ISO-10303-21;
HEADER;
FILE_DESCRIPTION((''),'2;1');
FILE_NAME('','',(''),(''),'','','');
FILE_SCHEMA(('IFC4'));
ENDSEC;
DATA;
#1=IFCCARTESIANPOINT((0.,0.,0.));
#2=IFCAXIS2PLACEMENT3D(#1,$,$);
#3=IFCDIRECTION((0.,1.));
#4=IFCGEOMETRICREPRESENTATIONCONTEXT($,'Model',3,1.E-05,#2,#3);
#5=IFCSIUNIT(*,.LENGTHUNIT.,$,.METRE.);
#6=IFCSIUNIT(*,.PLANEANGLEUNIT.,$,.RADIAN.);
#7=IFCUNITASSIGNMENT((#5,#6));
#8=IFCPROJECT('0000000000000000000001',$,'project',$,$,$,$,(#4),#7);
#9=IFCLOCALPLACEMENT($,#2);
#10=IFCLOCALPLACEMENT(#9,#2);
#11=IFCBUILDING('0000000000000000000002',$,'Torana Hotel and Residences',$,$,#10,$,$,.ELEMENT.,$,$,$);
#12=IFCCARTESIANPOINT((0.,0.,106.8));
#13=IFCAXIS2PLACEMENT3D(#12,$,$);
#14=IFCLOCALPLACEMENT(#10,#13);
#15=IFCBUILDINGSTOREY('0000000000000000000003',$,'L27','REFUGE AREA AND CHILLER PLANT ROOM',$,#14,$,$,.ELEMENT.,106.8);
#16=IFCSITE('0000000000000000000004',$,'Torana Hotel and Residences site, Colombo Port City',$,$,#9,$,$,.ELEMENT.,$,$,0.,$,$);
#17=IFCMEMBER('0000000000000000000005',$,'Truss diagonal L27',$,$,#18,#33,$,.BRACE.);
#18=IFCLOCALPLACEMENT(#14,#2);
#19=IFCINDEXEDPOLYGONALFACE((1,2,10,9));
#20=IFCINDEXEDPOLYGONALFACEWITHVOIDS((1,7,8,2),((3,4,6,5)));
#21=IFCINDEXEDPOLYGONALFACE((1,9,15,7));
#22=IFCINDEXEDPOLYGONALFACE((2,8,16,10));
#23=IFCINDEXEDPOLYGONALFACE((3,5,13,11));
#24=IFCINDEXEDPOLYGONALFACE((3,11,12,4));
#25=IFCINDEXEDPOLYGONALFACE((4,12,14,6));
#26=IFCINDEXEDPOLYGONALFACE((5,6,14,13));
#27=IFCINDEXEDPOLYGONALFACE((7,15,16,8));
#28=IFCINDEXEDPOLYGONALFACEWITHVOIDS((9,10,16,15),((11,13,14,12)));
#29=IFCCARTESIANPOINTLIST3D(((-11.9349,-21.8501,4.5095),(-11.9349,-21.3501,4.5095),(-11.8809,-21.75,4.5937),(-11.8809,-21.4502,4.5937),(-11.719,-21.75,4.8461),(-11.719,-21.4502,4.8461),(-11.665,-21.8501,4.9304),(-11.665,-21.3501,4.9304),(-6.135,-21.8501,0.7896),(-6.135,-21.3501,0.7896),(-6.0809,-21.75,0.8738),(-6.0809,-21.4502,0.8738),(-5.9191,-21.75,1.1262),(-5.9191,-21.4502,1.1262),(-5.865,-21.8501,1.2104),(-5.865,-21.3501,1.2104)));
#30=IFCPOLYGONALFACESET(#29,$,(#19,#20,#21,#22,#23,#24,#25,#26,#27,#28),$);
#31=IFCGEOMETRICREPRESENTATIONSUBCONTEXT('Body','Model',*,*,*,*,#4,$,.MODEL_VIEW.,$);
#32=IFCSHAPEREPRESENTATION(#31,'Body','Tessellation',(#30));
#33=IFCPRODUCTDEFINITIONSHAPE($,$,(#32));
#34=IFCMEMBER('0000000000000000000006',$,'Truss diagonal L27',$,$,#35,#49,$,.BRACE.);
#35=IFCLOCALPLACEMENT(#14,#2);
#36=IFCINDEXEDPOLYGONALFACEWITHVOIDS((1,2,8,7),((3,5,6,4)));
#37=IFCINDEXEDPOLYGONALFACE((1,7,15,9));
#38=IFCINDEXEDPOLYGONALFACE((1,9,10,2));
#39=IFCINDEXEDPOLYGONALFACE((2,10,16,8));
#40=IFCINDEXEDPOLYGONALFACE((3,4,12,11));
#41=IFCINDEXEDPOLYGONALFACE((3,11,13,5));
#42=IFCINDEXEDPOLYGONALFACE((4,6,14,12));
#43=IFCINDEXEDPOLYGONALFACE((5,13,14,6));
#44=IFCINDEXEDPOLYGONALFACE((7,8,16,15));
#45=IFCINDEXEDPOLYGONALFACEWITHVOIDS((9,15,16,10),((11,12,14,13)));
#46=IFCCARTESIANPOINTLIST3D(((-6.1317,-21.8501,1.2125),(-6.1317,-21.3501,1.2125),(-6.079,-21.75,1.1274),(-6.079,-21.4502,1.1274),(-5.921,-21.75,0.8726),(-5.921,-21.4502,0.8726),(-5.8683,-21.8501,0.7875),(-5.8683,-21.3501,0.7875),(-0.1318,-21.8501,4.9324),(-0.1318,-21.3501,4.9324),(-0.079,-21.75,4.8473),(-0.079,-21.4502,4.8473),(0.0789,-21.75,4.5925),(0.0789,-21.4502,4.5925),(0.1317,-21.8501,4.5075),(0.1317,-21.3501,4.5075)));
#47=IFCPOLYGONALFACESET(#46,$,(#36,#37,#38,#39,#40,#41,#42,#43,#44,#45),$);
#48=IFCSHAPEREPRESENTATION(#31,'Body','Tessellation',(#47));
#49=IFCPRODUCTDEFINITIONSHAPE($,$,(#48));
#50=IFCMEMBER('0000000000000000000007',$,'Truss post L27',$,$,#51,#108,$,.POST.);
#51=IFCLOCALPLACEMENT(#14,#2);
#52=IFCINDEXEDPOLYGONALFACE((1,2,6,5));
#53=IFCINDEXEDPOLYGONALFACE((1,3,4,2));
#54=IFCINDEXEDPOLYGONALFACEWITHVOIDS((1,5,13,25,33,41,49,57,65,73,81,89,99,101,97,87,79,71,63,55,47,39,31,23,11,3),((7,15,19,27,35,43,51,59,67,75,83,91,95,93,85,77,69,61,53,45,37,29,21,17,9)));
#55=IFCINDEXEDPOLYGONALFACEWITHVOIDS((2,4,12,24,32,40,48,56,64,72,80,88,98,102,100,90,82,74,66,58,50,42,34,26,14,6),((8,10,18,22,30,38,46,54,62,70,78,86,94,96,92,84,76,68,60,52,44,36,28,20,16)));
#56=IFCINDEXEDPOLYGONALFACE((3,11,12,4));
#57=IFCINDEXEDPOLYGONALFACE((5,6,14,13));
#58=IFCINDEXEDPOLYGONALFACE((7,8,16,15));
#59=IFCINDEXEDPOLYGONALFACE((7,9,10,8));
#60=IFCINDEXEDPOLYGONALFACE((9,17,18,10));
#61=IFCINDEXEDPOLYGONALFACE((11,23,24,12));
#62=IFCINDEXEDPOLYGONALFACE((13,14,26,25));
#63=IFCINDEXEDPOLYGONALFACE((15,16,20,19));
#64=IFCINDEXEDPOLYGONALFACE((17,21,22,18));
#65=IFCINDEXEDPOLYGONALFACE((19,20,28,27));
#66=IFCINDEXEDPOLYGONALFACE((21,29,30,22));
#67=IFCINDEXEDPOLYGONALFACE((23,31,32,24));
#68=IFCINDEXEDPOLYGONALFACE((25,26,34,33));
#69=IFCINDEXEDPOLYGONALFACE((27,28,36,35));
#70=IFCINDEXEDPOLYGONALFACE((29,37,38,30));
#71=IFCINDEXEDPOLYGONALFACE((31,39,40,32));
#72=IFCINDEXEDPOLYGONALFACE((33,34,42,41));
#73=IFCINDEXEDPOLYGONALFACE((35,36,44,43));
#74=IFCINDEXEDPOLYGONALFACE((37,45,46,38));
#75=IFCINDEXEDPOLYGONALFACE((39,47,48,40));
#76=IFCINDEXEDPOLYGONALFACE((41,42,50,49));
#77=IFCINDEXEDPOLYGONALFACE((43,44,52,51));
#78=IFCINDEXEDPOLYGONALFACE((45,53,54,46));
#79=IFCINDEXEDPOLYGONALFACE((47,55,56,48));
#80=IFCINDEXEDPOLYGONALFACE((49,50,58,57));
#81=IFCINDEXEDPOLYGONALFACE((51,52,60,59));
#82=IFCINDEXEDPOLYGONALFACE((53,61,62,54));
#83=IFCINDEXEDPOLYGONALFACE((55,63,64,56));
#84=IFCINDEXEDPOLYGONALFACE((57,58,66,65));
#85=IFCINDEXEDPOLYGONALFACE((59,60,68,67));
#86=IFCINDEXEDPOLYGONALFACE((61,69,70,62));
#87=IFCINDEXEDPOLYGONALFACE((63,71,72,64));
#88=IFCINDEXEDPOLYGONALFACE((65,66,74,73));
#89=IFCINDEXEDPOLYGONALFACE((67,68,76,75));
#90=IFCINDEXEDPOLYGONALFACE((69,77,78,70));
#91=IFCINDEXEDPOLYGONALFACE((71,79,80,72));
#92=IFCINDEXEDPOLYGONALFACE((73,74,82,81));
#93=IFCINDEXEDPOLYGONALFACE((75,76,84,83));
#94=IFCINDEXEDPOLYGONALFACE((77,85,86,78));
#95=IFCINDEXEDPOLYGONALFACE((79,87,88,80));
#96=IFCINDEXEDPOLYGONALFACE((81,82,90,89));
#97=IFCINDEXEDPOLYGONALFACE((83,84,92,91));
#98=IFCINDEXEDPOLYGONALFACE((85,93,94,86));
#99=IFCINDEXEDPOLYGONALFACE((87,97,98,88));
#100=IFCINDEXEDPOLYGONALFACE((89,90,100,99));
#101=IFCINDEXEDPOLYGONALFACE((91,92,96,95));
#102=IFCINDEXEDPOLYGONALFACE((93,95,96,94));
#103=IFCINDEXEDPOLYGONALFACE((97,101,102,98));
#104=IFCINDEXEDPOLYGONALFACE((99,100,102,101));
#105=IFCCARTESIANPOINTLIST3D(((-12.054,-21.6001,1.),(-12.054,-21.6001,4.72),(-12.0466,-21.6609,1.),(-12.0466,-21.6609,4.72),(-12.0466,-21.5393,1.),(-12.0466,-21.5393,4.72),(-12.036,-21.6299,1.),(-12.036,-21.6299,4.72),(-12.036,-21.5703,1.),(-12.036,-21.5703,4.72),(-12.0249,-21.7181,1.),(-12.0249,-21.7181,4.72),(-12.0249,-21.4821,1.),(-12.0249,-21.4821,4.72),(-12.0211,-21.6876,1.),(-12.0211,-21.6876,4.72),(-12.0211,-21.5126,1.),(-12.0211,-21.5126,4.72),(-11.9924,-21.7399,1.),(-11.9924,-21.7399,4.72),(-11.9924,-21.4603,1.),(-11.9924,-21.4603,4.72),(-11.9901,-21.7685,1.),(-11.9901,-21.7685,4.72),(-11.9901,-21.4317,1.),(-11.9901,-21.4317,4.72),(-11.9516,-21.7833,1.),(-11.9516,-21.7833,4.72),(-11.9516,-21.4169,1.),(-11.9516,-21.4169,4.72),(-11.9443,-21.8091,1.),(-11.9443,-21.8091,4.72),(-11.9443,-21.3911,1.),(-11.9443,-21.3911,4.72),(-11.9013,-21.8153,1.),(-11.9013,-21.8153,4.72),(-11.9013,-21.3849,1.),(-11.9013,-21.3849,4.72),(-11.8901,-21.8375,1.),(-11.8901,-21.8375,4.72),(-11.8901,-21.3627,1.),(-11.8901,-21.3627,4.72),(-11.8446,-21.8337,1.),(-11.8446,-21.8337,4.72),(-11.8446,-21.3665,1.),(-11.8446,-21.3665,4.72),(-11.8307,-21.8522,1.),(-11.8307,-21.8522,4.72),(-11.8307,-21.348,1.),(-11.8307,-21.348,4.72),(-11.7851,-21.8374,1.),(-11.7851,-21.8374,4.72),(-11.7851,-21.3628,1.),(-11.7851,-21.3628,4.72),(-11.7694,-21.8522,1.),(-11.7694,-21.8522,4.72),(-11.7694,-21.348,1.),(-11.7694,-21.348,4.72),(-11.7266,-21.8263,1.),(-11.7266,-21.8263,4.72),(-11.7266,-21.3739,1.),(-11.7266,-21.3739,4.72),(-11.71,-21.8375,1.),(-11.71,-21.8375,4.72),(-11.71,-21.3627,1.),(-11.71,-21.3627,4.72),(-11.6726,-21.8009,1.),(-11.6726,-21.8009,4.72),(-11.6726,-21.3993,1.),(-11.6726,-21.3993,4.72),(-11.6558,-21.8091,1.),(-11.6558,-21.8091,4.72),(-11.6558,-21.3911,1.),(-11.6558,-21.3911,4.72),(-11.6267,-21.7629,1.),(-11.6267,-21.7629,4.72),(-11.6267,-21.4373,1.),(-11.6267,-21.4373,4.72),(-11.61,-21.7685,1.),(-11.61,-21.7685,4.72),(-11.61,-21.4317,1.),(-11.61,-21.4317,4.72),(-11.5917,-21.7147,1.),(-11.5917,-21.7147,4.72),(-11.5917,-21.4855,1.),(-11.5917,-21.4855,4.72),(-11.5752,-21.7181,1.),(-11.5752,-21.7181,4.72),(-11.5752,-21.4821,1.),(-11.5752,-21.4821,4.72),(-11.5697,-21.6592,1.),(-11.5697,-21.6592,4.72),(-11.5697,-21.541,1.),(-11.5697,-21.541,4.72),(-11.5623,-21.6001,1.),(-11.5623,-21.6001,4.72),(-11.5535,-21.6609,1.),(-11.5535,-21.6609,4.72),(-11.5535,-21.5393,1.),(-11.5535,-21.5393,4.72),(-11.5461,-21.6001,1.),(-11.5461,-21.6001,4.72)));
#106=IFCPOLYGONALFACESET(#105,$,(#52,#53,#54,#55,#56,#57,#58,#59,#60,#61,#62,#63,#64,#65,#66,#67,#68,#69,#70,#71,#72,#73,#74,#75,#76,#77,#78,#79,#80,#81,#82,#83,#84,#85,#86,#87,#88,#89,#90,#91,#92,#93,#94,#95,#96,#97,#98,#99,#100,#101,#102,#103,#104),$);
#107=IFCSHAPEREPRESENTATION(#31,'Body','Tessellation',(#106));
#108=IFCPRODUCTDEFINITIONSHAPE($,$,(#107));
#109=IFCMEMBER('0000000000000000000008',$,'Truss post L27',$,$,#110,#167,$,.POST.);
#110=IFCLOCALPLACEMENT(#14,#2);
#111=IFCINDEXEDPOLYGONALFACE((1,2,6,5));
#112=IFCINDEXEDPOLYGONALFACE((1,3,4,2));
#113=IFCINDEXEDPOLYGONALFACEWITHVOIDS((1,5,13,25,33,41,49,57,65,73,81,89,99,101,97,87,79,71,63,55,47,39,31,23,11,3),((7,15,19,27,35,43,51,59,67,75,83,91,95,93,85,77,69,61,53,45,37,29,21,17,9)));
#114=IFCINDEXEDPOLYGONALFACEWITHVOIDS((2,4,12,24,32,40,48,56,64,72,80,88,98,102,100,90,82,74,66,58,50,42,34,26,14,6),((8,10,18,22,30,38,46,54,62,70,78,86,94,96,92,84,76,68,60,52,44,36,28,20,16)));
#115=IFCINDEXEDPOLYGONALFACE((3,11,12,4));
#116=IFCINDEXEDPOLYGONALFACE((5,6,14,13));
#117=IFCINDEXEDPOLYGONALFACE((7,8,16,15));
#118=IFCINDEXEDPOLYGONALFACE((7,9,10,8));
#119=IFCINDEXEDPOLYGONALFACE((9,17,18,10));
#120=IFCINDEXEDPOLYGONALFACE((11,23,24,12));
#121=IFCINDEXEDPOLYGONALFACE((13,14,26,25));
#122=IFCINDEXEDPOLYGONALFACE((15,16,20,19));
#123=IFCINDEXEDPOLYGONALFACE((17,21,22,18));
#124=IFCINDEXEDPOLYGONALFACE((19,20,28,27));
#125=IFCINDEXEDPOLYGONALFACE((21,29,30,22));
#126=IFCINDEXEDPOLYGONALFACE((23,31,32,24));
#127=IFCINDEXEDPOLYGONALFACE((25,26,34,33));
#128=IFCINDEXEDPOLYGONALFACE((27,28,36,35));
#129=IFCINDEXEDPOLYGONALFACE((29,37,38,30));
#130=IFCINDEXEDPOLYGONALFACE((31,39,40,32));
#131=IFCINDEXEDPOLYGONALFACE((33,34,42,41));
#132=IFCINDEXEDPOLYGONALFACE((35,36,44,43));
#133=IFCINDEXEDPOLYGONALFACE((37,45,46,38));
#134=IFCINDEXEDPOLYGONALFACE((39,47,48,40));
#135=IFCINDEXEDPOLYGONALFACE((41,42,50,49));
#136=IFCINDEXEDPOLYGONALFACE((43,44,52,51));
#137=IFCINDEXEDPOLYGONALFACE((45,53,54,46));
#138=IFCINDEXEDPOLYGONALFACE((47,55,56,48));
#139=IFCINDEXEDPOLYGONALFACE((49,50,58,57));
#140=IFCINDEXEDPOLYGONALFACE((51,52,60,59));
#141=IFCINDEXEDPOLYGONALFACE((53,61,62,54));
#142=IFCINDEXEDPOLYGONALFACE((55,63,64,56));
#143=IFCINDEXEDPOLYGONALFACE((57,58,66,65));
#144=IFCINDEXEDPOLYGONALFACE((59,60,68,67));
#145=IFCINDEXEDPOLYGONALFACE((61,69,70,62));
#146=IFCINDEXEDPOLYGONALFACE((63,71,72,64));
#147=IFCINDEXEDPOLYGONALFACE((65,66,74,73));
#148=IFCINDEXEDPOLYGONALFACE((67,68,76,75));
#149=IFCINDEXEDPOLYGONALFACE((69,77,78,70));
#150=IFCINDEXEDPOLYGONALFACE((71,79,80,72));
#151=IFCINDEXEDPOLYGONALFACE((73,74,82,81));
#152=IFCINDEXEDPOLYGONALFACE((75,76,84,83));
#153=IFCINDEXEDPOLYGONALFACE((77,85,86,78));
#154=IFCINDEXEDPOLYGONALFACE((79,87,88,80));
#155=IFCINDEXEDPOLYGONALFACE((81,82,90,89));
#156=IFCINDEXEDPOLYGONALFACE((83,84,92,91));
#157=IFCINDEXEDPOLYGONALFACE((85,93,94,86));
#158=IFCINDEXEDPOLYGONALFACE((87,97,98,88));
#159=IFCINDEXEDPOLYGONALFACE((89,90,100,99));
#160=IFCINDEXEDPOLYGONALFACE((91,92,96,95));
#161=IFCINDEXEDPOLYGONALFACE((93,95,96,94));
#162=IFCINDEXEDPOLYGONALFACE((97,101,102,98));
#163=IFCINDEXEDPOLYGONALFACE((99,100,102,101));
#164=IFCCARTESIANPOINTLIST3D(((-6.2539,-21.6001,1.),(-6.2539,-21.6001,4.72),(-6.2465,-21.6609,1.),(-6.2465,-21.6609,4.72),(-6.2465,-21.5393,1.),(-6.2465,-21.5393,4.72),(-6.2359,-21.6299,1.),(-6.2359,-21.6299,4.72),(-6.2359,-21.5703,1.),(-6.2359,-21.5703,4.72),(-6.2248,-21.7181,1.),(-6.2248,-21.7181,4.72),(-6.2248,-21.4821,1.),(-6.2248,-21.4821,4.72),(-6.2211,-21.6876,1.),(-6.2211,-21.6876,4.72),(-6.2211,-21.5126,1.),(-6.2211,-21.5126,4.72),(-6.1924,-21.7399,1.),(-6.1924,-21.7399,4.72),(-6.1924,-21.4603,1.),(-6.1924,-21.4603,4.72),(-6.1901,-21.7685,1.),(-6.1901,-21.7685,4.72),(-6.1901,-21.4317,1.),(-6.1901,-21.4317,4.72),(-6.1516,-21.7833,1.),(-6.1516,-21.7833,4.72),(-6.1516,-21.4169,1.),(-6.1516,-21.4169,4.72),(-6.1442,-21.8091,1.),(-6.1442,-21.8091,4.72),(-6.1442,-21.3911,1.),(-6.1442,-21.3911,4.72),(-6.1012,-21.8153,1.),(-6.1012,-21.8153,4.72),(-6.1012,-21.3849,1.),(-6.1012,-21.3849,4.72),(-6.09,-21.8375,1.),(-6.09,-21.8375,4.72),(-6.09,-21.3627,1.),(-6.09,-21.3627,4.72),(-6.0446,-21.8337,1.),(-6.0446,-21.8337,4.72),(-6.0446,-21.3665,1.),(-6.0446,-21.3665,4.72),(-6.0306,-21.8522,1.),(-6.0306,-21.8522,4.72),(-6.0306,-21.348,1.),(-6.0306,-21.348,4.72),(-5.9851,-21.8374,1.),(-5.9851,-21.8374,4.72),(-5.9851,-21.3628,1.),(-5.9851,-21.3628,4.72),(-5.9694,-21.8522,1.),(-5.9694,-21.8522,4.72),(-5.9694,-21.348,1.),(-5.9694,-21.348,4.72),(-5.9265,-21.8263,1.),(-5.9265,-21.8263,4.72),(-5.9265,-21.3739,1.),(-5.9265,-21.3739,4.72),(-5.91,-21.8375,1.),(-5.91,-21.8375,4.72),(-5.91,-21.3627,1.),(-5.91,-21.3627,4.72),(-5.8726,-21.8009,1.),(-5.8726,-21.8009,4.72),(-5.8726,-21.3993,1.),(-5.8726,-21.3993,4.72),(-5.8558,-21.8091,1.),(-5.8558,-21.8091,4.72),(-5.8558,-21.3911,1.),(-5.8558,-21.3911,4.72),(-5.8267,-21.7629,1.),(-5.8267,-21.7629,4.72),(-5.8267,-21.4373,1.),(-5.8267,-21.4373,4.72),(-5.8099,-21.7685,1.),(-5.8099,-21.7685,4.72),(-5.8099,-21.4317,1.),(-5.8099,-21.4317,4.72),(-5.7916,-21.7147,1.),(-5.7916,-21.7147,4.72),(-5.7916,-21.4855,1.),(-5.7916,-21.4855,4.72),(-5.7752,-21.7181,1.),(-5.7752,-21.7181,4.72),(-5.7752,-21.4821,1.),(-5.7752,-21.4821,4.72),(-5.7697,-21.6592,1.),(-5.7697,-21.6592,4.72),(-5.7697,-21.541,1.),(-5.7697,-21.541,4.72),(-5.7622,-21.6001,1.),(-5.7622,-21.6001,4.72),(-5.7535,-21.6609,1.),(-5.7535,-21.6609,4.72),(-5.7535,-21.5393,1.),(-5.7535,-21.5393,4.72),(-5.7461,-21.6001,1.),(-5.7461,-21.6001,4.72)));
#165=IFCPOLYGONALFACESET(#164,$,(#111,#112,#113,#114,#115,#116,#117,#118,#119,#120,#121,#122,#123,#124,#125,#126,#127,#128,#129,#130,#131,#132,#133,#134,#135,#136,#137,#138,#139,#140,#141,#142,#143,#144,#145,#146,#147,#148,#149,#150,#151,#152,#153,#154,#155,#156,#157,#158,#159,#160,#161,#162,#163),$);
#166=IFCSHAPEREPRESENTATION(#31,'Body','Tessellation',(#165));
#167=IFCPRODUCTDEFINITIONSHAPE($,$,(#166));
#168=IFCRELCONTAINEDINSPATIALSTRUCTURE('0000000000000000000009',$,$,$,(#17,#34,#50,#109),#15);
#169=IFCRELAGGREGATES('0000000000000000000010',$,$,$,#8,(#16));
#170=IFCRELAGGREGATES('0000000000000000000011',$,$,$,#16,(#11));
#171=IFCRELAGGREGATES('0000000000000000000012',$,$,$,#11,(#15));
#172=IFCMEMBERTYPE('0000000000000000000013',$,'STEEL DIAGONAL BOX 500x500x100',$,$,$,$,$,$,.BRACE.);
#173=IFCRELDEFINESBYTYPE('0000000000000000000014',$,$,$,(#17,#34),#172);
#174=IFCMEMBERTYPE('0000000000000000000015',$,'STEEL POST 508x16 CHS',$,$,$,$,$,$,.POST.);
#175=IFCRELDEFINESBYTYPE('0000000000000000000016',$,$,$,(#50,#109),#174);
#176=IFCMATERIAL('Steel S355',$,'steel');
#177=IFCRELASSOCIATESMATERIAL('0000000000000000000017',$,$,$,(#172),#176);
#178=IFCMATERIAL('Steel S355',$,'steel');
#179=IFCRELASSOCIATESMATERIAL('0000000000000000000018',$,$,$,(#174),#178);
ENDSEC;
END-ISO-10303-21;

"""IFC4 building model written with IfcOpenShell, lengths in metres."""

from ifc_helpers import new_model, si_unit, direction, frame, origin, origin_2d, place, context, subcontext, project, spatial, hollow_rectangle, hollow_circle, extrude, material, material_profile, profile_set, type_object, element, save


model = new_model("IFC4")

# Units and contexts
model_context = context("Model", 3, precision=1e-05, world=origin(), true_north=direction((0.0, 1.0)))
body_context = subcontext(model_context, "Body", "Model", "MODEL_VIEW")
ifc_project = project(units=[si_unit("LENGTHUNIT", "METRE"), si_unit("PLANEANGLEUNIT", "RADIAN")], contexts=[model_context])

# Site, building, storey
site_placement = place(None, origin())
site = spatial("IfcSite", under=ifc_project, at=site_placement, Name="Torana Hotel and Residences site, Colombo Port City", CompositionType="ELEMENT", RefElevation=0.0)
building_placement = place(site_placement, origin())
building = spatial("IfcBuilding", under=site, at=building_placement, Name="Torana Hotel and Residences", CompositionType="ELEMENT")
storey_placement = place(building_placement, frame((0.0, 0.0, 106.8)))
storey = spatial("IfcBuildingStorey", under=building, at=storey_placement, Name="L27", Description="REFUGE AREA AND CHILLER PLANT ROOM", CompositionType="ELEMENT", Elevation=106.8)

# Members
ifc_material_1 = material(Name="Steel S355", Category="steel")
ifc_material_profile_1 = material_profile(ifc_material_1, hollow_rectangle(XDim=0.5, YDim=0.5, WallThickness=0.1001, at=origin_2d()), Name="BOX 500x500x100")
ifc_profile_set_1 = profile_set([ifc_material_profile_1], Name="Steel S355")
member_type_1 = type_object("IfcMemberType", Name="STEEL DIAGONAL BOX 500x500x100", PredefinedType="BRACE", material=ifc_profile_set_1)
for number, where, z_axis, x_axis, name in (
    (1, (-6.0, -21.6001, 1.0), (-0.841748, 0.0, 0.539871), (0.0, -1.0, 0.0), "Truss diagonal L27"),
):
    element("IfcMember", number, at=place(storey_placement, frame(where, z_axis=z_axis, x_axis=x_axis)), inside=storey, type_object=member_type_1, Name=name, PredefinedType="BRACE", context=body_context, shape_type="SweptSolid", body=[
        extrude(hollow_rectangle(XDim=0.5, YDim=0.5, WallThickness=0.1001, at=origin_2d()), origin(), (0.0, 0.0, 1.0), 6.8904),
    ])
member_placement = place(storey_placement, frame((-6.0, -21.6001, 1.0), z_axis=(0.849905, 0.0, 0.526937), x_axis=(0.0, 1.0, 0.0)))
element("IfcMember", 2, at=member_placement, inside=storey, type_object=member_type_1, Name="Truss diagonal L27", PredefinedType="BRACE", context=body_context, shape_type="SweptSolid", body=[
    extrude(hollow_rectangle(XDim=0.5, YDim=0.5, WallThickness=0.1001, at=origin_2d()), origin(), (0.0, 0.0, 1.0), 7.0596),
])
ifc_material_2 = material(Name="Steel S355", Category="steel")
ifc_material_profile_2 = material_profile(ifc_material_2, hollow_circle(Radius=0.2539, WallThickness=0.0161, at=origin_2d()), Name="508x16 CHS")
ifc_profile_set_2 = profile_set([ifc_material_profile_2], Name="Steel S355")
member_type_2 = type_object("IfcMemberType", Name="STEEL POST 508x16 CHS", PredefinedType="POST", material=ifc_profile_set_2)
for number, where, z_axis, x_axis, name in (
    (3, (-11.8, -21.6001, 1.0), (0.0, 0.0, 1.0), (1.0, 0.0, 0.0), "Truss post L27"),
    (4, (-6.0, -21.6001, 1.0), (0.0, 0.0, 1.0), (1.0, 0.0, 0.0), "Truss post L27"),
):
    element("IfcMember", number, at=place(storey_placement, frame(where, z_axis=z_axis, x_axis=x_axis)), inside=storey, type_object=member_type_2, Name=name, PredefinedType="POST", context=body_context, shape_type="SweptSolid", body=[
        extrude(hollow_circle(Radius=0.2539, WallThickness=0.0161, at=origin_2d()), origin(), (0.0, 0.0, 1.0), 3.72),
    ])

save(model, "model.ifc")
